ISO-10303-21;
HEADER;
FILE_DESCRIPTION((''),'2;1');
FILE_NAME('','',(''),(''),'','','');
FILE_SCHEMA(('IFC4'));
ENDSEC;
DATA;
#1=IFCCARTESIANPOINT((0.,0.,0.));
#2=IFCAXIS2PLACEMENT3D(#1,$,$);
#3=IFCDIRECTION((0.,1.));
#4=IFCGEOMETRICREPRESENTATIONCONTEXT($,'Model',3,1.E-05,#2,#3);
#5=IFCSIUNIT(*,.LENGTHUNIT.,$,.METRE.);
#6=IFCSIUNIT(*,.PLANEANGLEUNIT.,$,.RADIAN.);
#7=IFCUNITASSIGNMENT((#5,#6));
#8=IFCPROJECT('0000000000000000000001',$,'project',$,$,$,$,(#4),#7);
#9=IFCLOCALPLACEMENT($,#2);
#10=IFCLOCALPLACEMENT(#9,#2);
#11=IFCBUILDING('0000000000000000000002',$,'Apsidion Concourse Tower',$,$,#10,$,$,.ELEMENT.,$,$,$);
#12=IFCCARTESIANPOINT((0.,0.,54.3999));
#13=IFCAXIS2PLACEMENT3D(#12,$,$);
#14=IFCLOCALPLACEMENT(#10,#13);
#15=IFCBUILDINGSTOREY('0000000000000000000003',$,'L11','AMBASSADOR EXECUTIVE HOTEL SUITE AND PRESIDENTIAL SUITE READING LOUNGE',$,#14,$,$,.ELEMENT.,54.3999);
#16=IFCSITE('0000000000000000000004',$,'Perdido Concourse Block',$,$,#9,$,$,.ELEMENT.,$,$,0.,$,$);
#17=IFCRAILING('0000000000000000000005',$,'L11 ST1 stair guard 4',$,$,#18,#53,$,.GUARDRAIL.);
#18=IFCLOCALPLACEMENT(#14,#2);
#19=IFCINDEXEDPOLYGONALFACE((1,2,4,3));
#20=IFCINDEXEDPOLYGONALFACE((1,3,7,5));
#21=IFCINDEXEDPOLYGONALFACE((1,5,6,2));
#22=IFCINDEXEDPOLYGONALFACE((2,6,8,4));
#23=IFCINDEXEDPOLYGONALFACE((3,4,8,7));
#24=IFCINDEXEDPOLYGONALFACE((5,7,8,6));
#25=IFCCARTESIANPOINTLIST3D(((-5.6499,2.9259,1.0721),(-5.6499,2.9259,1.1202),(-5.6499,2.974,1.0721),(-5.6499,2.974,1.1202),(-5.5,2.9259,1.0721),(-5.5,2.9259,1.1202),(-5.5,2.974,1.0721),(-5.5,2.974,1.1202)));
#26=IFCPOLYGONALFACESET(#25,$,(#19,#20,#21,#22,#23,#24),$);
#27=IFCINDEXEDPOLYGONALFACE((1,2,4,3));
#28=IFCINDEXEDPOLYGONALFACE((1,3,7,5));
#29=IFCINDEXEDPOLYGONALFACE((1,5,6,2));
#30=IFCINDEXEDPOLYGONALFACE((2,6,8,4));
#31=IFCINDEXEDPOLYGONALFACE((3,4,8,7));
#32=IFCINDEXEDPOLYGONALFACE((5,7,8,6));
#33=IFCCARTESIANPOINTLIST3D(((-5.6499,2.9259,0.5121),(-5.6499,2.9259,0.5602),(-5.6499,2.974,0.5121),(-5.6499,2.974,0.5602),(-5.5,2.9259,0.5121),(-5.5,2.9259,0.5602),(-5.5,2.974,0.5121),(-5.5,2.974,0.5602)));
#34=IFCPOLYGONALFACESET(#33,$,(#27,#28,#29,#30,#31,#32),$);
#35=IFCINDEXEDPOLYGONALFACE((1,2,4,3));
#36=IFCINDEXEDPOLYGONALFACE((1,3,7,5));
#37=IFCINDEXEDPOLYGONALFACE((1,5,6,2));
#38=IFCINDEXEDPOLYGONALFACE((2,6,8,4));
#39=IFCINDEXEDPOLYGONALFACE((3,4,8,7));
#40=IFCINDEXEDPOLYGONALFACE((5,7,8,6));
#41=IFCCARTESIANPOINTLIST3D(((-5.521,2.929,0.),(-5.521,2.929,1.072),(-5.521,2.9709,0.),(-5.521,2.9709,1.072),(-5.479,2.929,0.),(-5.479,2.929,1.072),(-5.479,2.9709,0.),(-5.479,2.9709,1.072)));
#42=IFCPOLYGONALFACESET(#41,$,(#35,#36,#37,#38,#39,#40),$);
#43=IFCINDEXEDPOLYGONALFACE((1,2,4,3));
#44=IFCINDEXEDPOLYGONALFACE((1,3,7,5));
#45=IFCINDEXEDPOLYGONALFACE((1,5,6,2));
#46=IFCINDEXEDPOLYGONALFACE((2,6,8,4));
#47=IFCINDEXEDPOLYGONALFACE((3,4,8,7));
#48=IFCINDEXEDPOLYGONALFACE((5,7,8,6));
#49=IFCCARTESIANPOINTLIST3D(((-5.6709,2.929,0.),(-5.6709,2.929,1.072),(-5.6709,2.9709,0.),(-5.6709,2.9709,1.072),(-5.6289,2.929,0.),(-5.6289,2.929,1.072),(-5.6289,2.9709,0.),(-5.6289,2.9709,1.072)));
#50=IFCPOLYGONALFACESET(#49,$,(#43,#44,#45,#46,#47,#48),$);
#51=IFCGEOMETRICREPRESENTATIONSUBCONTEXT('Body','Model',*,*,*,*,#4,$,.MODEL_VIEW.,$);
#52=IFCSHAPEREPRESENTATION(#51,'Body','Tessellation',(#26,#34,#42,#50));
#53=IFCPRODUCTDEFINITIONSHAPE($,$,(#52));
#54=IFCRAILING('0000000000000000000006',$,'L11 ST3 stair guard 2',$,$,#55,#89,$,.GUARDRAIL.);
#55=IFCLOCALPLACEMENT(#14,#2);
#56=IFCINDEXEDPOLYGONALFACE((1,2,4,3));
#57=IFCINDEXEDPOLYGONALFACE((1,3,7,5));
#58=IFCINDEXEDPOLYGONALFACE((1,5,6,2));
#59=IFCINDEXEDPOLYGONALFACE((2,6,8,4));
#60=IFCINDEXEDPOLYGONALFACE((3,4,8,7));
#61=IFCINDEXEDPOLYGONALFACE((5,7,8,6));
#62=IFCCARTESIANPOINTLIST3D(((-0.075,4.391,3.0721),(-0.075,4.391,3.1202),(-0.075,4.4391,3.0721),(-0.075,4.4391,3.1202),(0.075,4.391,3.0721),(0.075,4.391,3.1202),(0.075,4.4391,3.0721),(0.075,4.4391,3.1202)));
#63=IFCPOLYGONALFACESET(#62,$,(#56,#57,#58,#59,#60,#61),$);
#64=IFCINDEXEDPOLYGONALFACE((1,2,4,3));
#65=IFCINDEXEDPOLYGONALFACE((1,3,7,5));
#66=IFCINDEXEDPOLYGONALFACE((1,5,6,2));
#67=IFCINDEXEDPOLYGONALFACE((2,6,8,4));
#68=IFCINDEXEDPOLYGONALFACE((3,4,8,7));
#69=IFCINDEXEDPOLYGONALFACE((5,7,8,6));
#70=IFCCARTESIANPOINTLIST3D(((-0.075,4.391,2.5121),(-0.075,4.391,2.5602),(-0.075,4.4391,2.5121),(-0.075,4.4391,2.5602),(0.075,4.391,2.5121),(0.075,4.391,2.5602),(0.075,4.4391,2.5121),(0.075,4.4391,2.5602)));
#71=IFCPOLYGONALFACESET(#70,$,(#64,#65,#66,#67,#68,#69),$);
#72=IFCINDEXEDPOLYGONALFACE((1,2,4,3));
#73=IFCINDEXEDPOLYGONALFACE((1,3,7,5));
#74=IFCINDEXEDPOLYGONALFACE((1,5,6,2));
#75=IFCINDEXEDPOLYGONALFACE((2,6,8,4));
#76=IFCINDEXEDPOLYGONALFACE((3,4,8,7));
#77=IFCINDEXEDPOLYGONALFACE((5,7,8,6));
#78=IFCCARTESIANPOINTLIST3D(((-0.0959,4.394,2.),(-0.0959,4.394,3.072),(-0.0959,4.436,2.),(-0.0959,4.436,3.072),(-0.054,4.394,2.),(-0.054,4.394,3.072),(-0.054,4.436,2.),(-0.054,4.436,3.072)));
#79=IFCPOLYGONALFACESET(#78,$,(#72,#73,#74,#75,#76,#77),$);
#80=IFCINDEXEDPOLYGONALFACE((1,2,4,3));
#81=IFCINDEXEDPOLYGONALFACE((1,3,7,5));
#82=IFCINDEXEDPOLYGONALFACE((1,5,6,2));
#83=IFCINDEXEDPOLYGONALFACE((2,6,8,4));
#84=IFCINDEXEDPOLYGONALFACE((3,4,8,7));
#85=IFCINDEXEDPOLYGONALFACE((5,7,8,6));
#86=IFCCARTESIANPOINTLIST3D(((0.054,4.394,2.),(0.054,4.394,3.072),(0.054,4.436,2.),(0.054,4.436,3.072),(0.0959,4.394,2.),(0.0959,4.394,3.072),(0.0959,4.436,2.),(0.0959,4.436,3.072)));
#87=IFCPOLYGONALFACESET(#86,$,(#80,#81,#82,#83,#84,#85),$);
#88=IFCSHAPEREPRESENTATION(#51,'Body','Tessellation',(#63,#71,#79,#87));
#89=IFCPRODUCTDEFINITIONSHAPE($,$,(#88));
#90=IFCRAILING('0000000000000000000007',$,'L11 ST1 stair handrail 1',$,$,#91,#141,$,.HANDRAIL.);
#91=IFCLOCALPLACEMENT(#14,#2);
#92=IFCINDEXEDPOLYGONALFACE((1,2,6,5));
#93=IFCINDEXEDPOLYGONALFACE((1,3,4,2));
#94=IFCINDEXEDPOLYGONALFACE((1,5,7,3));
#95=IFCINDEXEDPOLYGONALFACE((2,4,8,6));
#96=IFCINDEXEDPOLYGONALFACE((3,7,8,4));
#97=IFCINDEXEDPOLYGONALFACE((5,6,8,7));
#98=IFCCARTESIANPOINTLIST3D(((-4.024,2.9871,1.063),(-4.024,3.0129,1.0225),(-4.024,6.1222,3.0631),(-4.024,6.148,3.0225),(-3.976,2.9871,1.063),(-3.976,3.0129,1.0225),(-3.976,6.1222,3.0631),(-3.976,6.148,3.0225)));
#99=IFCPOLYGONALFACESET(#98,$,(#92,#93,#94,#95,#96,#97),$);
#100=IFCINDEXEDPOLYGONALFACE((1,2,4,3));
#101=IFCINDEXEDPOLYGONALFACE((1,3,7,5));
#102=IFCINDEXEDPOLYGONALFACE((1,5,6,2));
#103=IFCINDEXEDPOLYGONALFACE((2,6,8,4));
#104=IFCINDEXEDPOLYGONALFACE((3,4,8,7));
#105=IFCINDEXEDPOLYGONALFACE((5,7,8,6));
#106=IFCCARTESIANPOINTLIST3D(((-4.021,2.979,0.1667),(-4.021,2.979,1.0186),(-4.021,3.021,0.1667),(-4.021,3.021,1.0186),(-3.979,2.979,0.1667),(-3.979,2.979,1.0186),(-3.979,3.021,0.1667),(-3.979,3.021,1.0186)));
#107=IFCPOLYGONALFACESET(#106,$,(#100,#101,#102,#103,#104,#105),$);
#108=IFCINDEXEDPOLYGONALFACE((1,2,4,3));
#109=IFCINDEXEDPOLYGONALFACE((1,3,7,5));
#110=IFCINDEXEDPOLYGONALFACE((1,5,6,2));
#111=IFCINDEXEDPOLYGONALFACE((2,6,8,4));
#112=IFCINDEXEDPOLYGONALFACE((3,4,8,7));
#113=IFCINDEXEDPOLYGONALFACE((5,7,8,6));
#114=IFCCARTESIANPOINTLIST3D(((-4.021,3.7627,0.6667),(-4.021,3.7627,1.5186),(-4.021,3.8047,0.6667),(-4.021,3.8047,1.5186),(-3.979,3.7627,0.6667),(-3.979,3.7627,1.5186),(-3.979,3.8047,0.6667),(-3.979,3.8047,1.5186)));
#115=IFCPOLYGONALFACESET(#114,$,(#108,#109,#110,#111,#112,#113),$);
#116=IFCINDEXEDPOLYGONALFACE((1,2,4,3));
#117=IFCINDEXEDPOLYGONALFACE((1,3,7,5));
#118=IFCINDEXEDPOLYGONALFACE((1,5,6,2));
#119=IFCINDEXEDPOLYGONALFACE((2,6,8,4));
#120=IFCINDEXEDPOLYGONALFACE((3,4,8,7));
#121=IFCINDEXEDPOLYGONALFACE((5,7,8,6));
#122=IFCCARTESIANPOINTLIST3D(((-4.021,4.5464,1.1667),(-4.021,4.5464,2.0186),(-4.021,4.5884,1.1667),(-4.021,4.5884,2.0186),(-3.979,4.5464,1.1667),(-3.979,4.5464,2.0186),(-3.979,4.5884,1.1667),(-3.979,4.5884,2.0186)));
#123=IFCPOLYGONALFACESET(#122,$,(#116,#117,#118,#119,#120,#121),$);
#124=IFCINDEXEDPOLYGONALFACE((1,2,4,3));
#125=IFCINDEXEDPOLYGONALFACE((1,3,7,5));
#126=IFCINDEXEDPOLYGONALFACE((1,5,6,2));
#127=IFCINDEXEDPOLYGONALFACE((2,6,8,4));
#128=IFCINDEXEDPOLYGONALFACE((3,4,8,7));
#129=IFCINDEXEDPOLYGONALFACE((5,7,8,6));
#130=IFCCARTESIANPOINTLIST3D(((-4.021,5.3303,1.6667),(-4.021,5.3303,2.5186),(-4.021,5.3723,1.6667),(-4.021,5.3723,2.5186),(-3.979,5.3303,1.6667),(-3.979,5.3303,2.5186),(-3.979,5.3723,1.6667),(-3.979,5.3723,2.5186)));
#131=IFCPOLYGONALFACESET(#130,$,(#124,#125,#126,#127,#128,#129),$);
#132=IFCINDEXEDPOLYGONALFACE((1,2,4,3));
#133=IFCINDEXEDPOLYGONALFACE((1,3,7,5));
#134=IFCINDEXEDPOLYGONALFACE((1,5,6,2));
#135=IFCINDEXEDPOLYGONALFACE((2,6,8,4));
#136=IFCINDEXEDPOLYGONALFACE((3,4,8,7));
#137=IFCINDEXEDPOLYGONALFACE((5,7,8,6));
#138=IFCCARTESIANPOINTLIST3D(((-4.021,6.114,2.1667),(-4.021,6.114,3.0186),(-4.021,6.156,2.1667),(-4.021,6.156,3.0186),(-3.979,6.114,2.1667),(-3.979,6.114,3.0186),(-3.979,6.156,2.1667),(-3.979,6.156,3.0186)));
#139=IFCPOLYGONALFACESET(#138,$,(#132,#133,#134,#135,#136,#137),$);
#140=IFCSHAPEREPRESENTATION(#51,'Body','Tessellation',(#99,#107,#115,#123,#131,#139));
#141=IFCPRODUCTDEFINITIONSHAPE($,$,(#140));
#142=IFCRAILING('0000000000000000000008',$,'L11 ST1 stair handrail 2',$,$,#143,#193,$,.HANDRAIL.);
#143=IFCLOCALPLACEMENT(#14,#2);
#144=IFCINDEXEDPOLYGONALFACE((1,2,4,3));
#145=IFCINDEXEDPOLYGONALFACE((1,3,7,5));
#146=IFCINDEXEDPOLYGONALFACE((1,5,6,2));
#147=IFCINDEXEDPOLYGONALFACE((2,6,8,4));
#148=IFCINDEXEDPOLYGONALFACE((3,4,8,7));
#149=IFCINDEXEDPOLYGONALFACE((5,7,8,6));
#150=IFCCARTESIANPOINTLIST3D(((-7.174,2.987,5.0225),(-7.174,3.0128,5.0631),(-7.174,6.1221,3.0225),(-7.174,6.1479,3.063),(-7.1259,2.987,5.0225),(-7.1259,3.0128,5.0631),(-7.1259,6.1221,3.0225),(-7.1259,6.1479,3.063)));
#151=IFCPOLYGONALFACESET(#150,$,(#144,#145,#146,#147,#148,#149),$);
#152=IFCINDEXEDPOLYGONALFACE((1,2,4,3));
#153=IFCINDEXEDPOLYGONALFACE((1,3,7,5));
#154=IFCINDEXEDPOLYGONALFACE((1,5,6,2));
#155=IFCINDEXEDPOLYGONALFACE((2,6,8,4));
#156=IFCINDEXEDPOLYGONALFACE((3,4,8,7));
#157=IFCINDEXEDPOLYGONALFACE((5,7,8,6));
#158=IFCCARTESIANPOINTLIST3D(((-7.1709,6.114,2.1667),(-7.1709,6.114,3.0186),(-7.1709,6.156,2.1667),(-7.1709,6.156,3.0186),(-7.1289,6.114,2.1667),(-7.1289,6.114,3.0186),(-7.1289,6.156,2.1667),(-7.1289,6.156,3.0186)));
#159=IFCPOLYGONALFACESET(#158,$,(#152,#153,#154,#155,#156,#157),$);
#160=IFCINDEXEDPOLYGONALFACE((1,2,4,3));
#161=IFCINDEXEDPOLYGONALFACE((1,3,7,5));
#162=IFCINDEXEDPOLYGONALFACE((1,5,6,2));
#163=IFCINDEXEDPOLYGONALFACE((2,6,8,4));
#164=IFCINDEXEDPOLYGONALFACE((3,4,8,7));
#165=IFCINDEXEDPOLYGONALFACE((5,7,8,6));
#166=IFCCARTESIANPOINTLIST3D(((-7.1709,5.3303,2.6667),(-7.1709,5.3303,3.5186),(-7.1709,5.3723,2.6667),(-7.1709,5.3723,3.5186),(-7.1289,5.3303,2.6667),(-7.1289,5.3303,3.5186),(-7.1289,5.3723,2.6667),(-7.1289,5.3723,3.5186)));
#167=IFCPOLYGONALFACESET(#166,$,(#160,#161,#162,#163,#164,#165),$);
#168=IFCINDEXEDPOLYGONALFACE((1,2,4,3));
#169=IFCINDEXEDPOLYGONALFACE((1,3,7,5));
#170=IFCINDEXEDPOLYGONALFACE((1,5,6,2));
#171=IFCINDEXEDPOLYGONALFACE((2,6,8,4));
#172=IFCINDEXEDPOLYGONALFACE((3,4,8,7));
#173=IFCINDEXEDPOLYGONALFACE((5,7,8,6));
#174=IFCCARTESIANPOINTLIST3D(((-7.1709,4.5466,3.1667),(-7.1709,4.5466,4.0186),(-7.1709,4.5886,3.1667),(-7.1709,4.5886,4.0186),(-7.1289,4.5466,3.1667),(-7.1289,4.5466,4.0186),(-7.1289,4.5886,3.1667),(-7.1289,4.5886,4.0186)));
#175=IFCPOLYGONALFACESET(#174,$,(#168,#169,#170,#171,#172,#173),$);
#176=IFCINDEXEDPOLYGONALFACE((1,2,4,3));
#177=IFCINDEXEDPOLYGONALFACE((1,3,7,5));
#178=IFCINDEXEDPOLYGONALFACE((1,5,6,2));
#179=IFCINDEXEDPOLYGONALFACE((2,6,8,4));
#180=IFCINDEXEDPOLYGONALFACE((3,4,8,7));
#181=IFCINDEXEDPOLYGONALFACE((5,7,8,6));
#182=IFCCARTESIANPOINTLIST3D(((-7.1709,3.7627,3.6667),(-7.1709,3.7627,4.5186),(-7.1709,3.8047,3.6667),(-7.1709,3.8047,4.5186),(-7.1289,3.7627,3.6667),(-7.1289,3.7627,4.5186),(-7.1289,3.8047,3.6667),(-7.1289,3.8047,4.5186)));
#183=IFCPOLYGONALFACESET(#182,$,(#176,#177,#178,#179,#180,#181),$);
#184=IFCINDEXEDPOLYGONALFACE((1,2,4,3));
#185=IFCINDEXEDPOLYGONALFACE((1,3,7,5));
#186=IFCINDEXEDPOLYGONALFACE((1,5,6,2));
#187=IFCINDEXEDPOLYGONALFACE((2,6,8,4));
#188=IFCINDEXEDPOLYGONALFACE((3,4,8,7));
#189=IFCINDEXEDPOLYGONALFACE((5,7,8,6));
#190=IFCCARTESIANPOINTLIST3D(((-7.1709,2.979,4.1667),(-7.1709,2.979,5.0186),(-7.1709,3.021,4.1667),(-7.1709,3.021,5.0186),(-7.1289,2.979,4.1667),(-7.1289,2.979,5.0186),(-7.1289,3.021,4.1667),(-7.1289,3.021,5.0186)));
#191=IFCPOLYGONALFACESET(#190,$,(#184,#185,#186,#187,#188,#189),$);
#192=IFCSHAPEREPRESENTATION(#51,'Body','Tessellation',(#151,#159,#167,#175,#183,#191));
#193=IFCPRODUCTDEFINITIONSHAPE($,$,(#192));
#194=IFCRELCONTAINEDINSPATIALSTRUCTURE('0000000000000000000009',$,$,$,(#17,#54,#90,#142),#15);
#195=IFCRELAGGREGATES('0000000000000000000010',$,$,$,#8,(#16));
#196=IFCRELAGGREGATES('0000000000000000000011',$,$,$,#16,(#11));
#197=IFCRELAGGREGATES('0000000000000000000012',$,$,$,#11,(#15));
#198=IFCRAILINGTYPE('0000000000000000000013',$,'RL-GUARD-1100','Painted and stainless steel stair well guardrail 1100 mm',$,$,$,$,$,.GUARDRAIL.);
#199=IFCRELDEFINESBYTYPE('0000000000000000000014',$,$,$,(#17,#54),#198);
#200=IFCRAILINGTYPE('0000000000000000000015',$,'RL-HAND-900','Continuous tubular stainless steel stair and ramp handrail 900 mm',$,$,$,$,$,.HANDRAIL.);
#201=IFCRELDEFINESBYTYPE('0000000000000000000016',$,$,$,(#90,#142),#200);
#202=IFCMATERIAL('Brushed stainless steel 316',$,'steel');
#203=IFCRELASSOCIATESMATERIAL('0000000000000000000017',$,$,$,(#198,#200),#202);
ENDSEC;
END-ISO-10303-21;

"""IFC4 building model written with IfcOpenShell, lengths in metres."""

from ifc_helpers import new_model, si_unit, direction, frame, origin, origin_2d, place, context, subcontext, project, spatial, rectangle, extrude, material, type_object, element, save


model = new_model("IFC4")

# Units and contexts
model_context = context("Model", 3, precision=1e-05, world=origin(), true_north=direction((0.0, 1.0)))
body_context = subcontext(model_context, "Body", "Model", "MODEL_VIEW")
ifc_project = project(units=[si_unit("LENGTHUNIT", "METRE"), si_unit("PLANEANGLEUNIT", "RADIAN")], contexts=[model_context])

# Site, building, storey
site_placement = place(None, origin())
site = spatial("IfcSite", under=ifc_project, at=site_placement, Name="Perdido Concourse Block", CompositionType="ELEMENT", RefElevation=0.0)
building_placement = place(site_placement, origin())
building = spatial("IfcBuilding", under=site, at=building_placement, Name="Apsidion Concourse Tower", CompositionType="ELEMENT")
storey_placement = place(building_placement, frame((0.0, 0.0, 54.3999)))
storey = spatial("IfcBuildingStorey", under=building, at=storey_placement, Name="L11", Description="AMBASSADOR EXECUTIVE HOTEL SUITE AND PRESIDENTIAL SUITE READING LOUNGE", CompositionType="ELEMENT", Elevation=54.3999)

# Shared definitions
ifc_material_1 = material(Name="Brushed stainless steel 316", Category="steel")

# Railings
railing_type_1 = type_object("IfcRailingType", Name="RL-GUARD-1100", Description="Painted and stainless steel stair well guardrail 1100 mm", PredefinedType="GUARDRAIL", material=ifc_material_1)
railing_1_placement = place(storey_placement, frame((-5.5, 2.95, 0.0)))
element("IfcRailing", 1, at=railing_1_placement, inside=storey, type_object=railing_type_1, Name="L11 ST1 stair guard 4", PredefinedType="GUARDRAIL", context=body_context, shape_type="SweptSolid", body=[
    extrude(rectangle(XDim=0.0481, YDim=0.0481, at=origin_2d()), frame((0.0, 0.0, 1.0962), z_axis=(-1.0, 0.0, 0.0), x_axis=(0.0, -1.0, 0.0)), (0.0, 0.0, 1.0), 0.1499),
    extrude(rectangle(XDim=0.0481, YDim=0.0481, at=origin_2d()), frame((0.0, 0.0, 0.5361), z_axis=(-1.0, 0.0, 0.0), x_axis=(0.0, -1.0, 0.0)), (0.0, 0.0, 1.0), 0.1499),
    extrude(rectangle(XDim=0.042, YDim=0.042, at=origin_2d()), origin(), (0.0, 0.0, 1.0), 1.072),
    extrude(rectangle(XDim=0.042, YDim=0.042, at=origin_2d()), frame((-0.1499, 0.0, 0.0)), (0.0, 0.0, 1.0), 1.072),
])
railing_2_placement = place(storey_placement, frame((-0.075, 4.415, 2.0)))
element("IfcRailing", 2, at=railing_2_placement, inside=storey, type_object=railing_type_1, Name="L11 ST3 stair guard 2", PredefinedType="GUARDRAIL", context=body_context, shape_type="SweptSolid", body=[
    extrude(rectangle(XDim=0.0481, YDim=0.0481, at=origin_2d()), frame((0.0, 0.0, 1.0962), z_axis=(1.0, 0.0, 0.0), x_axis=(0.0, 1.0, 0.0)), (0.0, 0.0, 1.0), 0.1499),
    extrude(rectangle(XDim=0.0481, YDim=0.0481, at=origin_2d()), frame((0.0, 0.0, 0.5361), z_axis=(1.0, 0.0, 0.0), x_axis=(0.0, 1.0, 0.0)), (0.0, 0.0, 1.0), 0.1499),
    extrude(rectangle(XDim=0.042, YDim=0.042, at=origin_2d()), origin(), (0.0, 0.0, 1.0), 1.072),
    extrude(rectangle(XDim=0.042, YDim=0.042, at=origin_2d()), frame((0.1499, 0.0, 0.0)), (0.0, 0.0, 1.0), 1.072),
])
railing_type_2 = type_object("IfcRailingType", Name="RL-HAND-900", Description="Continuous tubular stainless steel stair and ramp handrail 900 mm", PredefinedType="HANDRAIL", material=ifc_material_1)
railing_3_placement = place(storey_placement, frame((-4.0, 3.0, 0.1667)))
element("IfcRailing", 3, at=railing_3_placement, inside=storey, type_object=railing_type_2, Name="L11 ST1 stair handrail 1", PredefinedType="HANDRAIL", context=body_context, shape_type="SweptSolid", body=[
    extrude(rectangle(XDim=0.0481, YDim=0.0481, at=origin_2d()), frame((0.0, 0.0, 0.876), z_axis=(0.0, 0.843053, 0.537831), x_axis=(-1.0, 0.0, 0.0)), (0.0, 0.0, 1.0), 3.7188),
    extrude(rectangle(XDim=0.042, YDim=0.042, at=origin_2d()), origin(), (0.0, 0.0, 1.0), 0.8518),
    extrude(rectangle(XDim=0.042, YDim=0.042, at=origin_2d()), frame((0.0, 0.7837, 0.5)), (0.0, 0.0, 1.0), 0.8518),
    extrude(rectangle(XDim=0.042, YDim=0.042, at=origin_2d()), frame((0.0, 1.5674, 1.0)), (0.0, 0.0, 1.0), 0.8518),
    extrude(rectangle(XDim=0.042, YDim=0.042, at=origin_2d()), frame((0.0, 2.3513, 1.5)), (0.0, 0.0, 1.0), 0.8518),
    extrude(rectangle(XDim=0.042, YDim=0.042, at=origin_2d()), frame((0.0, 3.135, 2.0)), (0.0, 0.0, 1.0), 0.8518),
])
railing_4_placement = place(storey_placement, frame((-7.1499, 6.135, 2.1667)))
element("IfcRailing", 4, at=railing_4_placement, inside=storey, type_object=railing_type_2, Name="L11 ST1 stair handrail 2", PredefinedType="HANDRAIL", context=body_context, shape_type="SweptSolid", body=[
    extrude(rectangle(XDim=0.0481, YDim=0.0481, at=origin_2d()), frame((0.0, 0.0, 0.876), z_axis=(0.0, -0.843053, 0.537831), x_axis=(1.0, 0.0, 0.0)), (0.0, 0.0, 1.0), 3.7188),
    extrude(rectangle(XDim=0.042, YDim=0.042, at=origin_2d()), origin(), (0.0, 0.0, 1.0), 0.8518),
    extrude(rectangle(XDim=0.042, YDim=0.042, at=origin_2d()), frame((0.0, -0.7837, 0.5)), (0.0, 0.0, 1.0), 0.8518),
    extrude(rectangle(XDim=0.042, YDim=0.042, at=origin_2d()), frame((0.0, -1.5674, 1.0)), (0.0, 0.0, 1.0), 0.8518),
    extrude(rectangle(XDim=0.042, YDim=0.042, at=origin_2d()), frame((0.0, -2.3513, 1.5)), (0.0, 0.0, 1.0), 0.8518),
    extrude(rectangle(XDim=0.042, YDim=0.042, at=origin_2d()), frame((0.0, -3.135, 2.0)), (0.0, 0.0, 1.0), 0.8518),
])

save(model, "model.ifc")
